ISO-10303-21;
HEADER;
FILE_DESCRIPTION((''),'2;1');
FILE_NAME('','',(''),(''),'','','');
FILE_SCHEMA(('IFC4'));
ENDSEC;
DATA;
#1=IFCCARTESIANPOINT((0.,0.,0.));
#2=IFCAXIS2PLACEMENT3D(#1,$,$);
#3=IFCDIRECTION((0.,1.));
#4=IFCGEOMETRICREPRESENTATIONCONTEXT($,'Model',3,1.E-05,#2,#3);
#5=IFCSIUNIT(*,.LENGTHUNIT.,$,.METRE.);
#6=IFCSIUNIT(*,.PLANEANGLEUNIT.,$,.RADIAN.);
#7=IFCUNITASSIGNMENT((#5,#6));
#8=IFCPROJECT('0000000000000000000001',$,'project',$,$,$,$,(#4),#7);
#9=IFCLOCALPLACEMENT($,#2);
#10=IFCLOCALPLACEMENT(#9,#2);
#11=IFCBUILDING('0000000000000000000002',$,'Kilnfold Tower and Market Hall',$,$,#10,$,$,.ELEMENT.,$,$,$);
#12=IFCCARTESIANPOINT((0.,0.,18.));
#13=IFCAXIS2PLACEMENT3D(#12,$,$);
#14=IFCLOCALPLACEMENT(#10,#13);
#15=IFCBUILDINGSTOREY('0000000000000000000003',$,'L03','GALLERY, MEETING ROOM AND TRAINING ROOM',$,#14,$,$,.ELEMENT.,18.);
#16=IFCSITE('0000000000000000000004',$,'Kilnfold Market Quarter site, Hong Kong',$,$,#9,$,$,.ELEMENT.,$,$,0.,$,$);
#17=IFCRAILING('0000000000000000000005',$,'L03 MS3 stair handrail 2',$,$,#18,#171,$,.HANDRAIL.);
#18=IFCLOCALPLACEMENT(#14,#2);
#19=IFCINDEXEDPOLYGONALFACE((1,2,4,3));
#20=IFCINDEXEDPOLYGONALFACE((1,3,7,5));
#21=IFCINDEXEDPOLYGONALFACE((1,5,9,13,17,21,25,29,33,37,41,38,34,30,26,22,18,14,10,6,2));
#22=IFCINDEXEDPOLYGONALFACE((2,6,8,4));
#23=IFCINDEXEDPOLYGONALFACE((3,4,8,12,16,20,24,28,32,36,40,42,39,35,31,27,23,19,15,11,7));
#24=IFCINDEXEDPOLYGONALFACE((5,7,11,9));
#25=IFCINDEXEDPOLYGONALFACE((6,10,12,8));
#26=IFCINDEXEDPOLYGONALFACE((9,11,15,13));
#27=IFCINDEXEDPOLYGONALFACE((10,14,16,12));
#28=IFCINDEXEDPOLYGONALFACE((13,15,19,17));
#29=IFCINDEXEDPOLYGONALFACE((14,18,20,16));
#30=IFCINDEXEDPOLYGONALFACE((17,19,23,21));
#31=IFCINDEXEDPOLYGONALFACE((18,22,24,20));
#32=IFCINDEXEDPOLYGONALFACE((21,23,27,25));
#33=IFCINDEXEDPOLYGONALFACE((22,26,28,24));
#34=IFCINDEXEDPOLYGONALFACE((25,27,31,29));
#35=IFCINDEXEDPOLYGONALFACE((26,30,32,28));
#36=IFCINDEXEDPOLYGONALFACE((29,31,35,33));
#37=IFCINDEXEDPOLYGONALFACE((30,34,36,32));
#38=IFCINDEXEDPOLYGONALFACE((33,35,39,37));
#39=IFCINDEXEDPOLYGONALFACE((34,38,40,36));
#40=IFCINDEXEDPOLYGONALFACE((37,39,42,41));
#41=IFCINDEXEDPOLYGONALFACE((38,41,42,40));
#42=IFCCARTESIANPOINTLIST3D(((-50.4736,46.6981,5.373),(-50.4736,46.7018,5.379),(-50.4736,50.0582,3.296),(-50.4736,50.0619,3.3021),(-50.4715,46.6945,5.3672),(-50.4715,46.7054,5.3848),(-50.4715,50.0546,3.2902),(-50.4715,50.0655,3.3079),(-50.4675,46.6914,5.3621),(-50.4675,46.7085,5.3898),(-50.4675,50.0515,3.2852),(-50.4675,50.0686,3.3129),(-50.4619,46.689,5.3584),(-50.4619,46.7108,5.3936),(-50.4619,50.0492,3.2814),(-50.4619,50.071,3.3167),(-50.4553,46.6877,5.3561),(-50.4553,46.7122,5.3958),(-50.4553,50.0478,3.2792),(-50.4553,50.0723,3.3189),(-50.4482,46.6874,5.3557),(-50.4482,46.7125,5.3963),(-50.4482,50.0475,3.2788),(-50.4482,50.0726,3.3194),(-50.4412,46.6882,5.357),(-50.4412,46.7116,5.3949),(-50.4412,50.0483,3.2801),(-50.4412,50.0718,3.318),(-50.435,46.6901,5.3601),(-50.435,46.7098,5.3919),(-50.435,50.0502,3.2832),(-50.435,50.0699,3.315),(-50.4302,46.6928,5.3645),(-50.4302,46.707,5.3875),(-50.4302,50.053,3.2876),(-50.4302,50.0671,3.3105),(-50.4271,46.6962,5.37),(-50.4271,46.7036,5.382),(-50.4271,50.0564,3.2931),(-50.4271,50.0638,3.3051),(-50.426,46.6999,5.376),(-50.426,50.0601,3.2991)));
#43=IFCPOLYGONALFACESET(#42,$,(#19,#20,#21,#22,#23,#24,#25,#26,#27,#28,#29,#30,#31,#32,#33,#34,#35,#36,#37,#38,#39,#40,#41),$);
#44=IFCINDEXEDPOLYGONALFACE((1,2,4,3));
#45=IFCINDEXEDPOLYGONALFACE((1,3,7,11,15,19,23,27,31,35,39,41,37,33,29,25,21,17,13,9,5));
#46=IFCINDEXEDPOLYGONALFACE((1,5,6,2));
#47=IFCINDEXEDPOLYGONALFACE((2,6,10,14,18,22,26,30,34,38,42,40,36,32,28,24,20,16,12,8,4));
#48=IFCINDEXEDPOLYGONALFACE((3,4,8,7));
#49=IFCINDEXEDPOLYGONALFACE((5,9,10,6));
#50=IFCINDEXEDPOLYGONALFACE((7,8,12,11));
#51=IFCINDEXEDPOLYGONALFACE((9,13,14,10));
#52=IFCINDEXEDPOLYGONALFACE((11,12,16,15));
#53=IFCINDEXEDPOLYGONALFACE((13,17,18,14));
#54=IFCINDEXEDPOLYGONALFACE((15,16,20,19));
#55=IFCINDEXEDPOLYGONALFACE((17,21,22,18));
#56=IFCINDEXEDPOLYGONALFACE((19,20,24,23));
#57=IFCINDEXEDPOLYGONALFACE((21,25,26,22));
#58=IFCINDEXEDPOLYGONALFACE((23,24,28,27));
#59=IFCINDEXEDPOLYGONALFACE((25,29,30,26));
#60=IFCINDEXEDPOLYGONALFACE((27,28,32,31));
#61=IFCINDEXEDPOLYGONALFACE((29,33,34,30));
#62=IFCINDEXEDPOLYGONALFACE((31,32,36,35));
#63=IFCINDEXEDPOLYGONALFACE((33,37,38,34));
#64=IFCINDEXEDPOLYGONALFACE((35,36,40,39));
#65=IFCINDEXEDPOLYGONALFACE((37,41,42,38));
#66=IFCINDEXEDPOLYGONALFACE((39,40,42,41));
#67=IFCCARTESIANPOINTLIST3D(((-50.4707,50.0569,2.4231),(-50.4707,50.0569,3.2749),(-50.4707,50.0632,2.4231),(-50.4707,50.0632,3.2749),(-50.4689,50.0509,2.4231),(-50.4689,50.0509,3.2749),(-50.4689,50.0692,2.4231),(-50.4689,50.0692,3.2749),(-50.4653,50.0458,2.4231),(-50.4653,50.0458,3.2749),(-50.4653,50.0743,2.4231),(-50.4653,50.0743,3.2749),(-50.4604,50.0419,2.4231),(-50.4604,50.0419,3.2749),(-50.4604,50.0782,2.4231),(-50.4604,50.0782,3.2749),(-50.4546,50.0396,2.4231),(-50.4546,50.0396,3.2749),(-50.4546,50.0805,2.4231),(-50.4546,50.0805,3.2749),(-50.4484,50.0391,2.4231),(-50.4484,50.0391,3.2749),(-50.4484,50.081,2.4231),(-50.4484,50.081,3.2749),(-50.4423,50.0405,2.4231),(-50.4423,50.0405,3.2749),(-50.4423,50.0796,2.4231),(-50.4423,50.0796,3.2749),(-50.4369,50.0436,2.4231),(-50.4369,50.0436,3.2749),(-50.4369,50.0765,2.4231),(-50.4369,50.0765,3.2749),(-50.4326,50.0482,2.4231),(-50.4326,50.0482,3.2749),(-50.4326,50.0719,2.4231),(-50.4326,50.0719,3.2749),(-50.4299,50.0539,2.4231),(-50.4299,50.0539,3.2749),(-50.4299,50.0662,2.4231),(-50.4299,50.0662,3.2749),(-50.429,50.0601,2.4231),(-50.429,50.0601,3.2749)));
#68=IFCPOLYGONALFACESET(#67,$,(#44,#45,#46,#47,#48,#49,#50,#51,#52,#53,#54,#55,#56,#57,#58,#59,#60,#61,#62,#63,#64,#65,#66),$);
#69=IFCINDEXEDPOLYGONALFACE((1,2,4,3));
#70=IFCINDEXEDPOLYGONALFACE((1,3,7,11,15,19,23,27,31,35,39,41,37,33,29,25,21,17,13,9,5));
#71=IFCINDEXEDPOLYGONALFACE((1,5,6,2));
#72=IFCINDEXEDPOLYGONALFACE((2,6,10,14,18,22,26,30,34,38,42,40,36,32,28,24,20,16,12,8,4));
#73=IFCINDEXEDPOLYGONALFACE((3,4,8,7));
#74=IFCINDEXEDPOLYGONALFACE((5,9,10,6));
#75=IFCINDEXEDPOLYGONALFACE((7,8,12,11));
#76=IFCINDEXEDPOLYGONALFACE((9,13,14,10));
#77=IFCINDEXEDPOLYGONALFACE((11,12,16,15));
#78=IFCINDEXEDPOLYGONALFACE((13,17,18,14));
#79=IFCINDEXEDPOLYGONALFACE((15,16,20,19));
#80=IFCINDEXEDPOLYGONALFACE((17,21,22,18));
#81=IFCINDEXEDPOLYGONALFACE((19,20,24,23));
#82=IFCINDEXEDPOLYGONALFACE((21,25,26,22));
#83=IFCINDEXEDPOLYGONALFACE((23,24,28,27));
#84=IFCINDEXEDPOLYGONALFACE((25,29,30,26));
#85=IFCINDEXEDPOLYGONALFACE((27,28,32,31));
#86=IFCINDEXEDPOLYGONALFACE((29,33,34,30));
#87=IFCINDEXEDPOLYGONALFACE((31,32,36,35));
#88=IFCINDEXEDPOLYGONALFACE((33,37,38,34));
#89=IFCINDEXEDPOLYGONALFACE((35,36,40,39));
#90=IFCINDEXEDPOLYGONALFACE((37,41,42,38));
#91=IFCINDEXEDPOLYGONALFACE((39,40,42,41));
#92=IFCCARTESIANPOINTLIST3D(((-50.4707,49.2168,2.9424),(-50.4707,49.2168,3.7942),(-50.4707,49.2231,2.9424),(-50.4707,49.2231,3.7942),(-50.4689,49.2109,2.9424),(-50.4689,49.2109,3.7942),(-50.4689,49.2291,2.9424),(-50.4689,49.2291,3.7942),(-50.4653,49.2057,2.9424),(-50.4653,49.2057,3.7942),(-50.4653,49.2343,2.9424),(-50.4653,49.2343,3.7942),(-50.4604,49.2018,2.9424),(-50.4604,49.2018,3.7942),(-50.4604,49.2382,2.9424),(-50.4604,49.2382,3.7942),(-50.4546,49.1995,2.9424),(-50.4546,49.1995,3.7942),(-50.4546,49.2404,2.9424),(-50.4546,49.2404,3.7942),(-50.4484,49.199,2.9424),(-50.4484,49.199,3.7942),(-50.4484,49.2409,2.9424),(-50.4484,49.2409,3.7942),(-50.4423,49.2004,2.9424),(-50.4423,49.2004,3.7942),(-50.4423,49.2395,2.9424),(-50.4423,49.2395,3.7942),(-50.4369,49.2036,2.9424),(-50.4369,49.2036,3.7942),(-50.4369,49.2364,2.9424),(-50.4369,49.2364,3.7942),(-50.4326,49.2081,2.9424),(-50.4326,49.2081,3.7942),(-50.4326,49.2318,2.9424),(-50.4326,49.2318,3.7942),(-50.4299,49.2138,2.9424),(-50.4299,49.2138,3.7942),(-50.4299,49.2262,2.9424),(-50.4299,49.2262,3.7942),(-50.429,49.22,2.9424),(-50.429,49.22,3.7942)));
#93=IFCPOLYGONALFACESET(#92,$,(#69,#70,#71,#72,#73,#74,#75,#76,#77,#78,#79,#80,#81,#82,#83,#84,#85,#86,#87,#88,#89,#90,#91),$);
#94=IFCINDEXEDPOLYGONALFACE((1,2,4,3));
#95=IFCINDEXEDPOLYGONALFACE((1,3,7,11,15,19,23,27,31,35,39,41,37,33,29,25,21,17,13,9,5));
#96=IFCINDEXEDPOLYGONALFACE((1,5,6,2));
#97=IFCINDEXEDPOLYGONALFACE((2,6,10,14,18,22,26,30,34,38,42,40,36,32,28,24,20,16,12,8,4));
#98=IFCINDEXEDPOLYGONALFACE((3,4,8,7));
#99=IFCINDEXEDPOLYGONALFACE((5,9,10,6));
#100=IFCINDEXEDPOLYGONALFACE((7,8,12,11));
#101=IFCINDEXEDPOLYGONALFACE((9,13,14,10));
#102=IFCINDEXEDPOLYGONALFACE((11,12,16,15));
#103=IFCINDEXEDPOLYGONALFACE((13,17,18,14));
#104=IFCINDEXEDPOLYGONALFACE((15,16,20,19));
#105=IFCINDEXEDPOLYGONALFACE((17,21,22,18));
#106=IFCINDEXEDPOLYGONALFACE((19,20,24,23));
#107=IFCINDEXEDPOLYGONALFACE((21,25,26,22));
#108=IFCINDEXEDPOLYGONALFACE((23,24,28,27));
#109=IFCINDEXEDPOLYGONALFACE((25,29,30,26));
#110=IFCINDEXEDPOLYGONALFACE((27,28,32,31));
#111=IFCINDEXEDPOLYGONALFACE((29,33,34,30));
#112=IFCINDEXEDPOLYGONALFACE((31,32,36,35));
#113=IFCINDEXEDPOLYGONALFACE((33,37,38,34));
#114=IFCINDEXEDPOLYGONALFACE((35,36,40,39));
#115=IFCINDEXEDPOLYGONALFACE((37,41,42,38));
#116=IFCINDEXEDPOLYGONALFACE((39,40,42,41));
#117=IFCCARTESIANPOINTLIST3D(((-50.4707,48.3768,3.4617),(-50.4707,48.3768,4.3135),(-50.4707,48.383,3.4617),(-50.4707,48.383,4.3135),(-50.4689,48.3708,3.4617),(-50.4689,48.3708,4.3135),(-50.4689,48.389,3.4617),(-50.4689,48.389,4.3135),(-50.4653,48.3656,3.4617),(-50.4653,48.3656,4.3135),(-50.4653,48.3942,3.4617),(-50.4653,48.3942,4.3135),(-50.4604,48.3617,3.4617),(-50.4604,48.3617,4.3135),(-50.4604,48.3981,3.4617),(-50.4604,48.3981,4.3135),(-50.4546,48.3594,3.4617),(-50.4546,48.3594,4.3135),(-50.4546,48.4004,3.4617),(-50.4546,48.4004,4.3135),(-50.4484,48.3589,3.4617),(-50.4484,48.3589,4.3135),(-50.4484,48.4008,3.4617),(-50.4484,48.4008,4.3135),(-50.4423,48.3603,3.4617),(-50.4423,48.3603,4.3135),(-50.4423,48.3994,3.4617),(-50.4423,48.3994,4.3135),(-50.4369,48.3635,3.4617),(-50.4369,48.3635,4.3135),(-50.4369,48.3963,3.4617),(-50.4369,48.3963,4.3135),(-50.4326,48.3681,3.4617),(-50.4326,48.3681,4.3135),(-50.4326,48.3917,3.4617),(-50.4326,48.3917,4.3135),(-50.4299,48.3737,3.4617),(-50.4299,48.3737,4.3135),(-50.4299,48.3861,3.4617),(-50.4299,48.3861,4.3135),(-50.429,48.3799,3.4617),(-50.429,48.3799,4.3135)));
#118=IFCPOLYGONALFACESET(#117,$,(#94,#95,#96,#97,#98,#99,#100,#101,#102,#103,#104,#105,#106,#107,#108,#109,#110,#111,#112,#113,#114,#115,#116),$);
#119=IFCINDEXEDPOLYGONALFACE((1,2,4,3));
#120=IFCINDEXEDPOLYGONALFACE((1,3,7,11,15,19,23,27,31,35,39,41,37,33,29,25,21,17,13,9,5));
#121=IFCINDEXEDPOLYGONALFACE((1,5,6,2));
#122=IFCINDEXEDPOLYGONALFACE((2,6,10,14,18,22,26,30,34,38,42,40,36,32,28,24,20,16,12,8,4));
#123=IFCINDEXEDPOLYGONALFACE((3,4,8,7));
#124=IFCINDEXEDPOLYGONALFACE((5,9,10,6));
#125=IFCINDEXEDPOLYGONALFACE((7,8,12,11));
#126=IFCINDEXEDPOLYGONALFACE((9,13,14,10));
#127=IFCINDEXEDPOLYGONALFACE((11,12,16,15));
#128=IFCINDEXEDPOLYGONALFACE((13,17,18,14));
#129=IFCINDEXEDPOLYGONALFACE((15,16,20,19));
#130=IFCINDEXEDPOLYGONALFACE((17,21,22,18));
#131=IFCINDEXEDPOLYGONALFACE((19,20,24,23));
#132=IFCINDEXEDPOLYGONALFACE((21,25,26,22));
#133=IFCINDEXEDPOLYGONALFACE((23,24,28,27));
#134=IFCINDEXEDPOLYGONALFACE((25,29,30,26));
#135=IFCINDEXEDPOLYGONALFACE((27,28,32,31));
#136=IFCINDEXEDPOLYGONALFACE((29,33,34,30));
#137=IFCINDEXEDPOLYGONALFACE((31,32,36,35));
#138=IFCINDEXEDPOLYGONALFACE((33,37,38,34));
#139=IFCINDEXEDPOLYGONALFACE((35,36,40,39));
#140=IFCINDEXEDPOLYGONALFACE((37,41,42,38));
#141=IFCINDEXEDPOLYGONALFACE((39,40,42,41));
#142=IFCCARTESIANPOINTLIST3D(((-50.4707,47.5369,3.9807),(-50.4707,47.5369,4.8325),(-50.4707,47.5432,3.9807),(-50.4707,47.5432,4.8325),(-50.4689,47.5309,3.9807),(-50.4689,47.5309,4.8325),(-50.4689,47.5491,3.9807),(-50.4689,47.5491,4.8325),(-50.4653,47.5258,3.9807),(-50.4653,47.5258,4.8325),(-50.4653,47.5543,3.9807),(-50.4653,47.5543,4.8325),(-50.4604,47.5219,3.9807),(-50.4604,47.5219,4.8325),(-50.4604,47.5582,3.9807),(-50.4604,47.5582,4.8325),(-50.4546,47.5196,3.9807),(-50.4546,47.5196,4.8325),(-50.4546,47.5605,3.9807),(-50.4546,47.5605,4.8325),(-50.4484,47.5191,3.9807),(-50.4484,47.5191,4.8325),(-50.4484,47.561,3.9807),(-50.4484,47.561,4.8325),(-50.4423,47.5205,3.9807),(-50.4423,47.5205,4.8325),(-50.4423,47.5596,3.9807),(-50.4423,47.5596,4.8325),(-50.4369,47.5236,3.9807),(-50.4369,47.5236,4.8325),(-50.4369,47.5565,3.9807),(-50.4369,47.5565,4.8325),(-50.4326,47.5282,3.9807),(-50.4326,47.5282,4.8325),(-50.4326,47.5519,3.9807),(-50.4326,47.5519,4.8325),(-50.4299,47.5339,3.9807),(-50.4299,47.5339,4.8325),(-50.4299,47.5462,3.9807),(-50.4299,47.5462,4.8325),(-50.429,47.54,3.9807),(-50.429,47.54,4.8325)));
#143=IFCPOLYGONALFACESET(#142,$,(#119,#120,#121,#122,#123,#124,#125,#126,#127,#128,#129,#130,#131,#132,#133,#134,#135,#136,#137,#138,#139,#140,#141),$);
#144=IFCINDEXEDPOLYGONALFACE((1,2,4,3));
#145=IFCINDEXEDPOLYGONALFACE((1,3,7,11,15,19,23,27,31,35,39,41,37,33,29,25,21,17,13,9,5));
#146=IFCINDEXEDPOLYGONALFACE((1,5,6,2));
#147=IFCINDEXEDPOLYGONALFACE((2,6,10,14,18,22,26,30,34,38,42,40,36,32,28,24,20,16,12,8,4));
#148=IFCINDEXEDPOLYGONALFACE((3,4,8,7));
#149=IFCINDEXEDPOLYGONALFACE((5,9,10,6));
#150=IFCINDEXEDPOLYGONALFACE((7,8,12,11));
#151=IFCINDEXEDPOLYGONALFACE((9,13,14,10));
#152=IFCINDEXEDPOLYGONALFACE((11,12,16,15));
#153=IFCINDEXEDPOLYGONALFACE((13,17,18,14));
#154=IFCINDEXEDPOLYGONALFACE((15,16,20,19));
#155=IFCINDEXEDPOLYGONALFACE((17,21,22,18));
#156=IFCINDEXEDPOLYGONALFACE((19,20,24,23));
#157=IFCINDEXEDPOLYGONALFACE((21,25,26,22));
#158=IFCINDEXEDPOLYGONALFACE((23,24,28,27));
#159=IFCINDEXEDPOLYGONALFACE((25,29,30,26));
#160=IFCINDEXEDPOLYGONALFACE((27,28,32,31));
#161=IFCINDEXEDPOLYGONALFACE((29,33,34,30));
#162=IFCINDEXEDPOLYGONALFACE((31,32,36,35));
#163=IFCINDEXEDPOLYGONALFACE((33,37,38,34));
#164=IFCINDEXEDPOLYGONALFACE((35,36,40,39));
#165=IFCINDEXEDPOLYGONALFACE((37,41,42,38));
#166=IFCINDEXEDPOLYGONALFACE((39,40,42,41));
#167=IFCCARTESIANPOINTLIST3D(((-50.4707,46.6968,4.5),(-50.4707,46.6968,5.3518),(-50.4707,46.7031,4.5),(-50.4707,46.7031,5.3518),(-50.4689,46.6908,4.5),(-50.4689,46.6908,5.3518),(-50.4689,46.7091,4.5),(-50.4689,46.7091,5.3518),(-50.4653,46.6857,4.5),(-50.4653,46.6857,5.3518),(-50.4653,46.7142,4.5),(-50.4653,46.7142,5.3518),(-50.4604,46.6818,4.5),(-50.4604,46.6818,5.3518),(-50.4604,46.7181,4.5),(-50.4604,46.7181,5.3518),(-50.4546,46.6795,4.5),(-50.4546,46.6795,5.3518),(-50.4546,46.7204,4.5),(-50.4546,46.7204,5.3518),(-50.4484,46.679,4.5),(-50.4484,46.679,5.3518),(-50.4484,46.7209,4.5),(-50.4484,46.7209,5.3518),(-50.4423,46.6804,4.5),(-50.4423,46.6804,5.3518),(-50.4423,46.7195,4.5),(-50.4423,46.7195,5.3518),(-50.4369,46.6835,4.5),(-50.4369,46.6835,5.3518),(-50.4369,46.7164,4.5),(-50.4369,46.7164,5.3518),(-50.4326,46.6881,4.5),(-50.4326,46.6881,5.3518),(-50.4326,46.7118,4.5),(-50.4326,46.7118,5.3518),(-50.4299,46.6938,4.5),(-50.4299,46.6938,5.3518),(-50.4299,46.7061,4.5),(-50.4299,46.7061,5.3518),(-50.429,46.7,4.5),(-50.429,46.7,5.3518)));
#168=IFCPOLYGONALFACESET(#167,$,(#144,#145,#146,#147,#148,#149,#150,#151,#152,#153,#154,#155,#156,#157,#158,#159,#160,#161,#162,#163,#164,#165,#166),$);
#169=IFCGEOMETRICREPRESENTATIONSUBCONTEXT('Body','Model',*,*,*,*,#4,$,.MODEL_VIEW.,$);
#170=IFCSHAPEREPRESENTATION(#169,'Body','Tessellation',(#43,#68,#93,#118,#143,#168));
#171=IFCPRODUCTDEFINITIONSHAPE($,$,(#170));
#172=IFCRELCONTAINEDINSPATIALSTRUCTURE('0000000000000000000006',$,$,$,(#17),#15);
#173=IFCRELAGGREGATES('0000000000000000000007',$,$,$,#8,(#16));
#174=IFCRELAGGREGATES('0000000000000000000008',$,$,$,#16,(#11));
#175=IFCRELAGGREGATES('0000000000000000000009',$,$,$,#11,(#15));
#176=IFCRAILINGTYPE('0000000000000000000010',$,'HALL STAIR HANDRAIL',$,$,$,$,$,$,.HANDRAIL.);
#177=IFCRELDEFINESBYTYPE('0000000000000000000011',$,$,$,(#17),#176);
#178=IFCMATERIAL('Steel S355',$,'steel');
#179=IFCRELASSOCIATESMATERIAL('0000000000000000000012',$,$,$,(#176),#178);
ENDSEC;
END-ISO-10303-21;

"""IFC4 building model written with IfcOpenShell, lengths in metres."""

from ifc_helpers import new_model, si_unit, direction, frame, origin, origin_2d, place, context, subcontext, project, spatial, circle, extrude, material, type_object, element, save


model = new_model("IFC4")

# Units and contexts
model_context = context("Model", 3, precision=1e-05, world=origin(), true_north=direction((0.0, 1.0)))
body_context = subcontext(model_context, "Body", "Model", "MODEL_VIEW")
ifc_project = project(units=[si_unit("LENGTHUNIT", "METRE"), si_unit("PLANEANGLEUNIT", "RADIAN")], contexts=[model_context])

# Site, building, storey
site_placement = place(None, origin())
site = spatial("IfcSite", under=ifc_project, at=site_placement, Name="Kilnfold Market Quarter site, Hong Kong", CompositionType="ELEMENT", RefElevation=0.0)
building_placement = place(site_placement, origin())
building = spatial("IfcBuilding", under=site, at=building_placement, Name="Kilnfold Tower and Market Hall", CompositionType="ELEMENT")
storey_placement = place(building_placement, frame((0.0, 0.0, 18.0)))
storey = spatial("IfcBuildingStorey", under=building, at=storey_placement, Name="L03", Description="GALLERY, MEETING ROOM AND TRAINING ROOM", CompositionType="ELEMENT", Elevation=18.0)

# Railing
ifc_material_1 = material(Name="Steel S355", Category="steel")
railing_type_1 = type_object("IfcRailingType", Name="HALL STAIR HANDRAIL", PredefinedType="HANDRAIL", material=ifc_material_1)
railing_1_placement = place(storey_placement, frame((-50.45, 50.0601, 2.4231)))
element("IfcRailing", 1, at=railing_1_placement, inside=storey, type_object=railing_type_1, Name="L03 MS3 stair handrail 2", PredefinedType="HANDRAIL", context=body_context, shape_type="SweptSolid", body=[
    extrude(circle(Radius=0.0239, at=origin_2d()), frame((0.0, 0.0, 0.876), z_axis=(0.0, -0.850623, 0.525776), x_axis=(1.0, 0.0, 0.0)), (0.0, 0.0, 1.0), 3.9502),
    extrude(circle(Radius=0.021, at=origin_2d()), origin(), (0.0, 0.0, 1.0), 0.8518),
    extrude(circle(Radius=0.021, at=origin_2d()), frame((0.0, -0.8401, 0.5193)), (0.0, 0.0, 1.0), 0.8518),
    extrude(circle(Radius=0.021, at=origin_2d()), frame((0.0, -1.6802, 1.0386)), (0.0, 0.0, 1.0), 0.8518),
    extrude(circle(Radius=0.021, at=origin_2d()), frame((0.0, -2.52, 1.5576)), (0.0, 0.0, 1.0), 0.8518),
    extrude(circle(Radius=0.021, at=origin_2d()), frame((0.0, -3.3601, 2.0769)), (0.0, 0.0, 1.0), 0.8518),
])

save(model, "model.ifc")
